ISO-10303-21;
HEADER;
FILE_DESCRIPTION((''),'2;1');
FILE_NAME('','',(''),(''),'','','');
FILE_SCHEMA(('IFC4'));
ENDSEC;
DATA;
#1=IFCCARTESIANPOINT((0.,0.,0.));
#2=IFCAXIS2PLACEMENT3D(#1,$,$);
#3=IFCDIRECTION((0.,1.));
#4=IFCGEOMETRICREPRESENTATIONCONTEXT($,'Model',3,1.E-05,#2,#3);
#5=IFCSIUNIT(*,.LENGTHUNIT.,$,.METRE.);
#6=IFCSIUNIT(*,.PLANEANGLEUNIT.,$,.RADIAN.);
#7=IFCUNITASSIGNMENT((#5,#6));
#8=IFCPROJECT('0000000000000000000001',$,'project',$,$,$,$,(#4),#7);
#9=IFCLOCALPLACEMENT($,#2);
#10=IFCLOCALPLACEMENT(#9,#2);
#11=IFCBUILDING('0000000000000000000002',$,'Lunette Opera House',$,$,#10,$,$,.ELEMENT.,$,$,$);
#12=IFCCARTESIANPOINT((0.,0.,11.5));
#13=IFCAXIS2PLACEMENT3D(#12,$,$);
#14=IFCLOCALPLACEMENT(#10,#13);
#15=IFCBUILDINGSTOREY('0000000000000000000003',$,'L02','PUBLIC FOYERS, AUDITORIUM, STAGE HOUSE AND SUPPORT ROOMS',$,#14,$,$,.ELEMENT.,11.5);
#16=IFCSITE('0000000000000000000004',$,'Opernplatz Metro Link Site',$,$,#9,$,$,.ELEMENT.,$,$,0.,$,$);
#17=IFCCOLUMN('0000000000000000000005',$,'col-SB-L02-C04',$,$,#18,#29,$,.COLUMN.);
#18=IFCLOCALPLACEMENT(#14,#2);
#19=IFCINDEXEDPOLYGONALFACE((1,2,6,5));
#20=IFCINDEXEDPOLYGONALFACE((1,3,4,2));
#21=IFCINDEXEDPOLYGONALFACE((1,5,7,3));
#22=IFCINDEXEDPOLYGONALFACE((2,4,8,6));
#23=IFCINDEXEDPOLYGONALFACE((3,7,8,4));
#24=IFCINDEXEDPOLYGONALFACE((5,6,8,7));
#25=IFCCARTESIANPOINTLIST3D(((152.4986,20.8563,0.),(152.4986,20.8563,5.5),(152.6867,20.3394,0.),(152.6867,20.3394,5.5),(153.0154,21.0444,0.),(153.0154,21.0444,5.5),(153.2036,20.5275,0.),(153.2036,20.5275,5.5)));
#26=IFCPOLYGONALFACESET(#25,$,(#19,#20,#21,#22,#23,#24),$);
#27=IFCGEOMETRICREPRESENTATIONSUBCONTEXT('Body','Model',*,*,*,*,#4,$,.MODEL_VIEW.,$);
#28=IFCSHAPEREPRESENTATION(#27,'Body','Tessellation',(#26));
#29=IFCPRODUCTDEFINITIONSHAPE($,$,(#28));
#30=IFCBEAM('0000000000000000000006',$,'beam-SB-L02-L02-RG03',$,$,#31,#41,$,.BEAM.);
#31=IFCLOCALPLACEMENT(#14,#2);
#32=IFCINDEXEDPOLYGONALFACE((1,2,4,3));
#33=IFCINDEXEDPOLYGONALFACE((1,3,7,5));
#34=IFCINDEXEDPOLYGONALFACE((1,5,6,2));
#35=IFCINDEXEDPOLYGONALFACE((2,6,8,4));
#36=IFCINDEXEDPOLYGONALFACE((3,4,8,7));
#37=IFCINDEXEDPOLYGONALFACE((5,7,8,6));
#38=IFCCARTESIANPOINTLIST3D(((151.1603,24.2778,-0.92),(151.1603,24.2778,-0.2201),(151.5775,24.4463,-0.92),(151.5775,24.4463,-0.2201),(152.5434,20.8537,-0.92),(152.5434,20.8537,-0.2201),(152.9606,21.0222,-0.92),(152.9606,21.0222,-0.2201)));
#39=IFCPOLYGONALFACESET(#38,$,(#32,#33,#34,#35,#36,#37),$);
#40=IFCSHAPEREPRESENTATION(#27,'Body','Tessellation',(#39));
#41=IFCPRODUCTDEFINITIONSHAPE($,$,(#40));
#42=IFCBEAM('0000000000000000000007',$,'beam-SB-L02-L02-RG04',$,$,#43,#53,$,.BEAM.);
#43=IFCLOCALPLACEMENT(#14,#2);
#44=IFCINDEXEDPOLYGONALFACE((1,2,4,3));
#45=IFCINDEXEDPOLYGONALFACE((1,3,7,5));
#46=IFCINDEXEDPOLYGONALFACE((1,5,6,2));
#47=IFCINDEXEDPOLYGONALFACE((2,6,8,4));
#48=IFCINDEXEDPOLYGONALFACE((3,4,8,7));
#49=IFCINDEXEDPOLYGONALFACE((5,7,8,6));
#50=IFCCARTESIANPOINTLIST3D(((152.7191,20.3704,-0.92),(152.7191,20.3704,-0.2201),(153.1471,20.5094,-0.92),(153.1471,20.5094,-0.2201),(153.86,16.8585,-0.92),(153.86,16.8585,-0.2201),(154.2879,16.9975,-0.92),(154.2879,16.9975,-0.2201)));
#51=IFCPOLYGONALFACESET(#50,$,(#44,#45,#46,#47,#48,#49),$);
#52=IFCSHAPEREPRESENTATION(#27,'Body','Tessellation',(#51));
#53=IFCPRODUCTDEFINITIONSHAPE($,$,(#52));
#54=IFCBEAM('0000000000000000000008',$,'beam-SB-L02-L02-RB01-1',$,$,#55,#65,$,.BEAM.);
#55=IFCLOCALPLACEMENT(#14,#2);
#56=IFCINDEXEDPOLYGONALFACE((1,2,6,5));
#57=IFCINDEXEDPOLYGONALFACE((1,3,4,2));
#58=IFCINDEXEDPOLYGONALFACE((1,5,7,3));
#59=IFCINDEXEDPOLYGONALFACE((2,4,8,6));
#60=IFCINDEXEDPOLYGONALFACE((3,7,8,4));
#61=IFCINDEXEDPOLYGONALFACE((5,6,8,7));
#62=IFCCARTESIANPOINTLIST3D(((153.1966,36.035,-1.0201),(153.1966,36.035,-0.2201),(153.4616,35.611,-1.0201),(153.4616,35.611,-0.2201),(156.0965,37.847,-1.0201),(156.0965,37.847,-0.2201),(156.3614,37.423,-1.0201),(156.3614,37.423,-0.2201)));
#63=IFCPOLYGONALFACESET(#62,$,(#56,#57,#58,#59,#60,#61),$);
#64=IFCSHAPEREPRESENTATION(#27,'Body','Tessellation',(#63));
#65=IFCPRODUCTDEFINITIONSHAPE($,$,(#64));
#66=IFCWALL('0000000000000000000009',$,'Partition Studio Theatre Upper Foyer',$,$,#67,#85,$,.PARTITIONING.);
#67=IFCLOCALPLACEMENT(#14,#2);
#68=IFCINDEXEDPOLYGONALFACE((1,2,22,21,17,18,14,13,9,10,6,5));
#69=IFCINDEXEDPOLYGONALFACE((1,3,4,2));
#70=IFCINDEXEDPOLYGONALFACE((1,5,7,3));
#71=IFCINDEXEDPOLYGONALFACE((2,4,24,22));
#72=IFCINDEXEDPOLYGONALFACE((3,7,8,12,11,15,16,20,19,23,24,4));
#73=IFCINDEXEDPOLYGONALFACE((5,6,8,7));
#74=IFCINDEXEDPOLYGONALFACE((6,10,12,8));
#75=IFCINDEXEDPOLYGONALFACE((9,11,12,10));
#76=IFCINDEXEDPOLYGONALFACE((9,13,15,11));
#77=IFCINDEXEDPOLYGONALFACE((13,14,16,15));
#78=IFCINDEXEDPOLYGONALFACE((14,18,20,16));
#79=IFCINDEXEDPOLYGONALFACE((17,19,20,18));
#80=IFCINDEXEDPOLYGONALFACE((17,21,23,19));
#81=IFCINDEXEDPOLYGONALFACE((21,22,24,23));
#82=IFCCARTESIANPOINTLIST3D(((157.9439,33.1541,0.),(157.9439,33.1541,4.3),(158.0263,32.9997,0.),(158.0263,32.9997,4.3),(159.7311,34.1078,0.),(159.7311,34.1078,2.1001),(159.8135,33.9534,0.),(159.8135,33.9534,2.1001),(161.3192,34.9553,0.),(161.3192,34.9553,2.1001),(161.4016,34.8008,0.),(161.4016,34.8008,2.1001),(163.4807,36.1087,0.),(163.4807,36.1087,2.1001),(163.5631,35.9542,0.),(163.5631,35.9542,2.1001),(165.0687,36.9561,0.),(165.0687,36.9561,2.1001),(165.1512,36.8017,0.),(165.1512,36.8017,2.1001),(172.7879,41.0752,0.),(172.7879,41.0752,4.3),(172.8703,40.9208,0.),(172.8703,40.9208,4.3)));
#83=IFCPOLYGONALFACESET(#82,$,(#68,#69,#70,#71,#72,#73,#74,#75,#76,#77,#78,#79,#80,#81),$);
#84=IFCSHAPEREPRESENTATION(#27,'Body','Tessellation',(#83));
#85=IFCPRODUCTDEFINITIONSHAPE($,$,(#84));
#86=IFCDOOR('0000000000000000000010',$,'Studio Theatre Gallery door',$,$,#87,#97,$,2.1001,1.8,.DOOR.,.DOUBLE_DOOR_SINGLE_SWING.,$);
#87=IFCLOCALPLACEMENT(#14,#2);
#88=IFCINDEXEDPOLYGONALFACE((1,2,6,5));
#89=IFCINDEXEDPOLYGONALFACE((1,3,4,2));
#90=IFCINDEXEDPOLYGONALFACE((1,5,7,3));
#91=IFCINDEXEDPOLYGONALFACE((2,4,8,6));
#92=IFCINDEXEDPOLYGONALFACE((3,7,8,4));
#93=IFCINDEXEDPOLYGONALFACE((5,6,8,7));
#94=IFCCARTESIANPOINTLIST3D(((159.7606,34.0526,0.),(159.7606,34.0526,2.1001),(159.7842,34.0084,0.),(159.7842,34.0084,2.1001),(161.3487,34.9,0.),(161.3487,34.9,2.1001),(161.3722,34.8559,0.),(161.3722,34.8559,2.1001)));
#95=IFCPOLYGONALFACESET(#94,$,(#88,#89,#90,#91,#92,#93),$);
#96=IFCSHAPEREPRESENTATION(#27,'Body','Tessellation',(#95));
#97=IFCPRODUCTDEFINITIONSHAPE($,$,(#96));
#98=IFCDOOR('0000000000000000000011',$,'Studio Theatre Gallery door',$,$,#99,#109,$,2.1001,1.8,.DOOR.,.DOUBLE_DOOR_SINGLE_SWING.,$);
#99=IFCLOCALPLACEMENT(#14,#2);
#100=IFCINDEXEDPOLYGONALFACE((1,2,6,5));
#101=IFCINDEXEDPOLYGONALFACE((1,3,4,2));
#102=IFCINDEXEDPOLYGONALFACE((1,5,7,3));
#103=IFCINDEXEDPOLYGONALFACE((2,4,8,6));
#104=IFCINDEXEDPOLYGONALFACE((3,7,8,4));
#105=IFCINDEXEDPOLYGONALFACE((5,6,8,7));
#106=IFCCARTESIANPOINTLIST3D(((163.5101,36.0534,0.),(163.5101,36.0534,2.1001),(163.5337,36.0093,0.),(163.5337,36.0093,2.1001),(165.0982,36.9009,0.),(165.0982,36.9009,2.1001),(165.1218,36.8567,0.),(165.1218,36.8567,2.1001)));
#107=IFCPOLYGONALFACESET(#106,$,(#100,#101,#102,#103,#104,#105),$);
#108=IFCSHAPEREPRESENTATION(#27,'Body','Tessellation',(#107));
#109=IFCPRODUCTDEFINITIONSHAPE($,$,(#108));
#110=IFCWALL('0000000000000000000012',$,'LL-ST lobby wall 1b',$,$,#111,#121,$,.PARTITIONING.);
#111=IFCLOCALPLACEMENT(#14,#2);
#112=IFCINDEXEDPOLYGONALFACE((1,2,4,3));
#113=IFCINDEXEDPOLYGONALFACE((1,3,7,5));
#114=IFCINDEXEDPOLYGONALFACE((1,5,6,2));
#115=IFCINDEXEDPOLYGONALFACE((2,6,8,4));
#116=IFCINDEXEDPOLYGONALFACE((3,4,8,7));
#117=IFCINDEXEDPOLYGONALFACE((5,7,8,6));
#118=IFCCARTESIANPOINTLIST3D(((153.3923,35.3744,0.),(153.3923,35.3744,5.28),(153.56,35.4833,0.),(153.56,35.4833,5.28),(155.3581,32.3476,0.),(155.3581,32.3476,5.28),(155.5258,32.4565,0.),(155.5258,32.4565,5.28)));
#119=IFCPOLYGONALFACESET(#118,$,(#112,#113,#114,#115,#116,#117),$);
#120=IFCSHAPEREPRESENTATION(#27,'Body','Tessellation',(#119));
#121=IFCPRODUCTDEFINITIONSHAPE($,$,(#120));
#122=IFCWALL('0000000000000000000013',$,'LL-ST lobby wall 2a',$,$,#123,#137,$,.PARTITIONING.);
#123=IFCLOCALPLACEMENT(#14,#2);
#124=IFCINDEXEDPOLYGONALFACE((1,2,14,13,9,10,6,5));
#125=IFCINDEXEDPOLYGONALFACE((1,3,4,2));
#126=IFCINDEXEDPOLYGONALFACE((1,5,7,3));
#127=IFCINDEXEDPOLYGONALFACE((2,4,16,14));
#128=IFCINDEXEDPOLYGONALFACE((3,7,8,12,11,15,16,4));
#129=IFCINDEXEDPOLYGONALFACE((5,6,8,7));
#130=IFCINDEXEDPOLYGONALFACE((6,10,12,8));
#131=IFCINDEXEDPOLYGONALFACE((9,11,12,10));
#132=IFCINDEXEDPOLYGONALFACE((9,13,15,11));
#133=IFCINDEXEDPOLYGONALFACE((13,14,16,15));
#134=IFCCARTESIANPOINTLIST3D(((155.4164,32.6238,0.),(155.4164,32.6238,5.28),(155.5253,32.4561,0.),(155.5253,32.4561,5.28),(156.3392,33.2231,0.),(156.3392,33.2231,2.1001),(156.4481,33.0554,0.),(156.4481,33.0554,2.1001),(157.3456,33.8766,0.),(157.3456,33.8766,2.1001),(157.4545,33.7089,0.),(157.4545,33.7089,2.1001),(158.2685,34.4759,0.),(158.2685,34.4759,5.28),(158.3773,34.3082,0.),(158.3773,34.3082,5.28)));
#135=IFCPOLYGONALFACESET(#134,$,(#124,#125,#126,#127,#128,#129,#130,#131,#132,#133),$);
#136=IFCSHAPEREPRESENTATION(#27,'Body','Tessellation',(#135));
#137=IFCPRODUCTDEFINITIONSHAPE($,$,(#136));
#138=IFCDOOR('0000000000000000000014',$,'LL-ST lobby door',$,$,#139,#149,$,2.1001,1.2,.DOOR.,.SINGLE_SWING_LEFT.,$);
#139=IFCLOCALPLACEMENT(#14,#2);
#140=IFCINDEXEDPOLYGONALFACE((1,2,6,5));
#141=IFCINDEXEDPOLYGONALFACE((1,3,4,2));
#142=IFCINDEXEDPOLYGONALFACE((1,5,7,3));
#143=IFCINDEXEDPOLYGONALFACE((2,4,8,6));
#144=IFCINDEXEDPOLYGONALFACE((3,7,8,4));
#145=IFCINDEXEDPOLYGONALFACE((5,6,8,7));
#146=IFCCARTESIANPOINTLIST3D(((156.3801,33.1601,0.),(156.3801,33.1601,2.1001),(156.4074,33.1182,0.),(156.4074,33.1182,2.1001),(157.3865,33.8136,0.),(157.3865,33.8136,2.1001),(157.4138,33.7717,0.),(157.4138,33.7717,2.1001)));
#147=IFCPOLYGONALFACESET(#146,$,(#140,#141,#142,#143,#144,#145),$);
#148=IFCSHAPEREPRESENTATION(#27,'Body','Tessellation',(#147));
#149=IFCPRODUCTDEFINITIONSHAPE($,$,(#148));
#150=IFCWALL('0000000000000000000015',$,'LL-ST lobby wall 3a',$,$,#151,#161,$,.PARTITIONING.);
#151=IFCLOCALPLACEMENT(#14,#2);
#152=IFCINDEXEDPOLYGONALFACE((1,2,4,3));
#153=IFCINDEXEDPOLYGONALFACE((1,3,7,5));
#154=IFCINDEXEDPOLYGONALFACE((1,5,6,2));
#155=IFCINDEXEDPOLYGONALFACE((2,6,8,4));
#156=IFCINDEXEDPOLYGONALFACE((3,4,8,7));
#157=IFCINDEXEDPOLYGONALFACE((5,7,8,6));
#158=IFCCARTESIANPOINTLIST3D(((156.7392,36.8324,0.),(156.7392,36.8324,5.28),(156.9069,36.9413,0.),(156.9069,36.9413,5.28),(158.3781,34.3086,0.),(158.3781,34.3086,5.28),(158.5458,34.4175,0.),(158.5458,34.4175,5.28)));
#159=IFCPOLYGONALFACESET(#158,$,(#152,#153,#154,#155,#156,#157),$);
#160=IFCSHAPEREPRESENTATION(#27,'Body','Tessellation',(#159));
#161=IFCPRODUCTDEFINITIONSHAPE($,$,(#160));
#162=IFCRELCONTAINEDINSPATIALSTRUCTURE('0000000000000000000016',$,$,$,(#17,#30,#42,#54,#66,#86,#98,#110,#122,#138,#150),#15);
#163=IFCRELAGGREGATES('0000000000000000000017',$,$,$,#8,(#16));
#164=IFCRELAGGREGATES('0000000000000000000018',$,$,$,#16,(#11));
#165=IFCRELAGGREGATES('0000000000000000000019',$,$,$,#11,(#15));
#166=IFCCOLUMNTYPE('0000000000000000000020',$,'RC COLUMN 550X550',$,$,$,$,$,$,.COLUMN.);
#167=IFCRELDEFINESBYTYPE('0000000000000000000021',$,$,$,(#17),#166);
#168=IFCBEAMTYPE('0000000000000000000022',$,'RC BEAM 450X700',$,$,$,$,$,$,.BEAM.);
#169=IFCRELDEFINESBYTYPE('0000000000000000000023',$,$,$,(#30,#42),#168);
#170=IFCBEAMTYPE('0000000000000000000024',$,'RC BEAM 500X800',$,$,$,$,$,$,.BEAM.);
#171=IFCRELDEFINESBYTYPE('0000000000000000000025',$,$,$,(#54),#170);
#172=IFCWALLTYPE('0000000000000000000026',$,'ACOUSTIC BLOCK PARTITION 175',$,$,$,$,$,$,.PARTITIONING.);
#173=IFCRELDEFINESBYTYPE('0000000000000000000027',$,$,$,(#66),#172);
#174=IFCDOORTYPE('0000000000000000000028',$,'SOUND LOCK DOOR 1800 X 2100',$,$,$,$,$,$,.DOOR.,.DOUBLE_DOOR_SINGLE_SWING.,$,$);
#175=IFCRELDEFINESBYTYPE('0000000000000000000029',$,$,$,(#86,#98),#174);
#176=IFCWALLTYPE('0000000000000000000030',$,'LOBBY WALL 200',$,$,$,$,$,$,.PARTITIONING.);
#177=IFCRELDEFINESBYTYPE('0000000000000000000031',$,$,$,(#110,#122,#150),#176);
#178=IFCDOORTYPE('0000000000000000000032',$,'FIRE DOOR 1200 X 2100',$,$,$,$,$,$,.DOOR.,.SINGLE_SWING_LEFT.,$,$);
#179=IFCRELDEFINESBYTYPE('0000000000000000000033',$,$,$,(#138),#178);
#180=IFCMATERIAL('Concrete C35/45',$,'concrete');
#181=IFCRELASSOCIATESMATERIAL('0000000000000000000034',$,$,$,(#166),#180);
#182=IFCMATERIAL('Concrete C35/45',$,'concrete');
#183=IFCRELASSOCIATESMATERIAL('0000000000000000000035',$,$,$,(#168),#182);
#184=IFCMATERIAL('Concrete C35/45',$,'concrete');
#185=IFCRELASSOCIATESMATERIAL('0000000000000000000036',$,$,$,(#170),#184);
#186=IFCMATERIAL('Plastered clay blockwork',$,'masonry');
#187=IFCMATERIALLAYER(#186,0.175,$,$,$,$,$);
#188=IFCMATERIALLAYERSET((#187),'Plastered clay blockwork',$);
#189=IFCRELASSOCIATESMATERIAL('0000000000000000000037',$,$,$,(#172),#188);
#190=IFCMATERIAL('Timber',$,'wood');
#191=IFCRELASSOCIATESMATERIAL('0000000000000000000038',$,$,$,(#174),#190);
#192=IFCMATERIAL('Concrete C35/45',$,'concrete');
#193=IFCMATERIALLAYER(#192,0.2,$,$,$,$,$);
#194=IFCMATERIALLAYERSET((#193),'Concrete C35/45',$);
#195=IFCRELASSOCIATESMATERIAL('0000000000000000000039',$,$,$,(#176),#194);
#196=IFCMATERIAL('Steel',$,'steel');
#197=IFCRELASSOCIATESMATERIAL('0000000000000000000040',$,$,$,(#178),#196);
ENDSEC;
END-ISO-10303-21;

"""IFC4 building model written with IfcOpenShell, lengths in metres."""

from ifc_helpers import new_model, si_unit, direction, frame, frame_2d, origin, origin_2d, place, context, subcontext, project, spatial, rectangle, extrude, material, layer, layer_set, material_profile, profile_set, type_object, element, fill, save


model = new_model("IFC4")

# Units and contexts
model_context = context("Model", 3, precision=1e-05, world=origin(), true_north=direction((0.0, 1.0)))
body_context = subcontext(model_context, "Body", "Model", "MODEL_VIEW")
ifc_project = project(units=[si_unit("LENGTHUNIT", "METRE"), si_unit("PLANEANGLEUNIT", "RADIAN")], contexts=[model_context])

# Site, building, storey
site_placement = place(None, origin())
site = spatial("IfcSite", under=ifc_project, at=site_placement, Name="Opernplatz Metro Link Site", CompositionType="ELEMENT", RefElevation=0.0)
building_placement = place(site_placement, origin())
building = spatial("IfcBuilding", under=site, at=building_placement, Name="Lunette Opera House", CompositionType="ELEMENT")
storey_placement = place(building_placement, frame((0.0, 0.0, 11.5)))
storey = spatial("IfcBuildingStorey", under=building, at=storey_placement, Name="L02", Description="PUBLIC FOYERS, AUDITORIUM, STAGE HOUSE AND SUPPORT ROOMS", CompositionType="ELEMENT", Elevation=11.5)

# Column
ifc_material_1 = material(Name="Concrete C35/45", Category="concrete")
ifc_material_profile_1 = material_profile(ifc_material_1, rectangle(XDim=0.55, YDim=0.55, at=origin_2d()), Name="RC COLUMN 550X550")
ifc_profile_set_1 = profile_set([ifc_material_profile_1], Name="Concrete C35/45")
column_type = type_object("IfcColumnType", Name="RC COLUMN 550X550", PredefinedType="COLUMN", material=ifc_profile_set_1)
column_placement = place(storey_placement, frame((152.8511, 20.6919, 0.0), z_axis=(0.0, 0.0, 1.0), x_axis=(0.34202, -0.939693, 0.0)))
element("IfcColumn", 1, at=column_placement, inside=storey, type_object=column_type, Name="col-SB-L02-C04", PredefinedType="COLUMN", context=body_context, shape_type="SweptSolid", body=[
    extrude(rectangle(XDim=0.55, YDim=0.55, at=origin_2d()), origin(), (0.0, 0.0, 1.0), 5.5),
])

# Beams
ifc_material_2 = material(Name="Concrete C35/45", Category="concrete")
ifc_material_profile_2 = material_profile(ifc_material_2, rectangle(XDim=0.45, YDim=0.7, at=origin_2d()), Name="RC BEAM 450X700")
ifc_profile_set_2 = profile_set([ifc_material_profile_2], Name="Concrete C35/45")
beam_type_1 = type_object("IfcBeamType", Name="RC BEAM 450X700", PredefinedType="BEAM", material=ifc_profile_set_2)
beam_1_placement = place(storey_placement, frame((151.3689, 24.3621, -0.5701), z_axis=(0.374523, -0.927218, 0.0), x_axis=(0.927218, 0.374523, 0.0)))
element("IfcBeam", 2, at=beam_1_placement, inside=storey, type_object=beam_type_1, Name="beam-SB-L02-L02-RG03", PredefinedType="BEAM", context=body_context, shape_type="SweptSolid", body=[
    extrude(rectangle(XDim=0.45, YDim=0.7, at=origin_2d()), origin(), (0.0, 0.0, 1.0), 3.6929),
])
beam_2_placement = place(storey_placement, frame((152.9331, 20.4399, -0.5701), z_axis=(0.308959, -0.951075, 0.0), x_axis=(0.951075, 0.308959, 0.0)))
element("IfcBeam", 3, at=beam_2_placement, inside=storey, type_object=beam_type_1, Name="beam-SB-L02-L02-RG04", PredefinedType="BEAM", context=body_context, shape_type="SweptSolid", body=[
    extrude(rectangle(XDim=0.45, YDim=0.7, at=origin_2d()), origin(), (0.0, 0.0, 1.0), 3.6926),
])
ifc_material_3 = material(Name="Concrete C35/45", Category="concrete")
ifc_material_profile_3 = material_profile(ifc_material_3, rectangle(XDim=0.5, YDim=0.8, at=origin_2d()), Name="RC BEAM 500X800")
ifc_profile_set_3 = profile_set([ifc_material_profile_3], Name="Concrete C35/45")
beam_type_2 = type_object("IfcBeamType", Name="RC BEAM 500X800", PredefinedType="BEAM", material=ifc_profile_set_3)
beam_3_placement = place(storey_placement, frame((153.3291, 35.823, -0.6201), z_axis=(0.848054, 0.529909, 0.0), x_axis=(-0.529909, 0.848054, 0.0)))
element("IfcBeam", 4, at=beam_3_placement, inside=storey, type_object=beam_type_2, Name="beam-SB-L02-L02-RB01-1", PredefinedType="BEAM", context=body_context, shape_type="SweptSolid", body=[
    extrude(rectangle(XDim=0.5, YDim=0.8, at=origin_2d()), origin(), (0.0, 0.0, 1.0), 3.4194),
])

# Wall, openings, doors
ifc_material_4 = material(Name="Plastered clay blockwork", Category="masonry")
ifc_layer_1 = layer(ifc_material_4, 0.175)
ifc_layer_set_1 = layer_set([ifc_layer_1], Name="Plastered clay blockwork")
wall_type_1 = type_object("IfcWallType", Name="ACOUSTIC BLOCK PARTITION 175", PredefinedType="PARTITIONING", material=ifc_layer_set_1)
wall_1_placement = place(storey_placement, frame((157.9851, 33.0769, 0.0), z_axis=(0.0, 0.0, 1.0), x_axis=(0.882246, 0.470789, 0.0)))
wall_1 = element("IfcWall", 5, at=wall_1_placement, inside=storey, type_object=wall_type_1, Name="Partition Studio Theatre Upper Foyer", PredefinedType="PARTITIONING", context=body_context, shape_type="SweptSolid", body=[
    extrude(rectangle(XDim=16.8252, YDim=0.175, at=frame_2d((8.4126, 0.0))), origin(), (0.0, 0.0, 1.0), 4.3),
])
opening_1_placement = place(wall_1_placement, frame((2.0259, 0.0, 0.0)))
opening_1 = element("IfcOpeningElement", 6, at=opening_1_placement, cuts=wall_1, PredefinedType="OPENING", context=body_context, shape_type="SweptSolid", body=[
    extrude(rectangle(XDim=1.8, YDim=2.1001, at=frame_2d((0.8999, 1.05))), frame((0.0, 0.0996, 0.0), z_axis=(0.0, -1.0, 0.0), x_axis=(1.0, 0.0, 0.0)), (0.0, 0.0, 1.0), 0.199),
])
opening_2_placement = place(wall_1_placement, frame((6.2759, 0.0, 0.0)))
opening_2 = element("IfcOpeningElement", 7, at=opening_2_placement, cuts=wall_1, PredefinedType="OPENING", context=body_context, shape_type="SweptSolid", body=[
    extrude(rectangle(XDim=1.8, YDim=2.1001, at=frame_2d((0.8999, 1.05))), frame((0.0, 0.0996, 0.0), z_axis=(0.0, -1.0, 0.0), x_axis=(1.0, 0.0, 0.0)), (0.0, 0.0, 1.0), 0.199),
])
ifc_material_5 = material(Name="Timber", Category="wood")
door_type_1 = type_object("IfcDoorType", Name="SOUND LOCK DOOR 1800 X 2100", OperationType="DOUBLE_DOOR_SINGLE_SWING", PredefinedType="DOOR", material=ifc_material_5)
door_1_placement = place(opening_1_placement, origin())
door_1 = element("IfcDoor", 8, at=door_1_placement, inside=storey, type_object=door_type_1, Name="Studio Theatre Gallery door", OperationType="DOUBLE_DOOR_SINGLE_SWING", OverallHeight=2.1001, OverallWidth=1.8, PredefinedType="DOOR", context=body_context, shape_type="SweptSolid", body=[
    extrude(rectangle(XDim=1.8, YDim=2.1001, at=frame_2d((0.8999, 1.05))), frame((0.0, 0.0249, 0.0), z_axis=(0.0, -1.0, 0.0), x_axis=(1.0, 0.0, 0.0)), (0.0, 0.0, 1.0), 0.05),
])
fill(opening_1, door_1)
door_2_placement = place(opening_2_placement, origin())
door_2 = element("IfcDoor", 9, at=door_2_placement, inside=storey, type_object=door_type_1, Name="Studio Theatre Gallery door", OperationType="DOUBLE_DOOR_SINGLE_SWING", OverallHeight=2.1001, OverallWidth=1.8, PredefinedType="DOOR", context=body_context, shape_type="SweptSolid", body=[
    extrude(rectangle(XDim=1.8, YDim=2.1001, at=frame_2d((0.8999, 1.05))), frame((0.0, 0.0249, 0.0), z_axis=(0.0, -1.0, 0.0), x_axis=(1.0, 0.0, 0.0)), (0.0, 0.0, 1.0), 0.05),
])
fill(opening_2, door_2)

# Wall
ifc_material_6 = material(Name="Concrete C35/45", Category="concrete")
ifc_layer_2 = layer(ifc_material_6, 0.2)
ifc_layer_set_2 = layer_set([ifc_layer_2], Name="Concrete C35/45")
wall_type_2 = type_object("IfcWallType", Name="LOBBY WALL 200", PredefinedType="PARTITIONING", material=ifc_layer_set_2)
wall_2_placement = place(storey_placement, frame((153.4761, 35.429, 0.0), z_axis=(0.0, 0.0, 1.0), x_axis=(0.54467, -0.838651, 0.0)))
element("IfcWall", 10, at=wall_2_placement, inside=storey, type_object=wall_type_2, Name="LL-ST lobby wall 1b", PredefinedType="PARTITIONING", context=body_context, shape_type="SweptSolid", body=[
    extrude(rectangle(XDim=3.6091, YDim=0.2, at=frame_2d((1.8047, 0.0))), origin(), (0.0, 0.0, 1.0), 5.28),
])

# Wall, opening, door
wall_3_placement = place(storey_placement, frame((155.4709, 32.54, 0.0), z_axis=(0.0, 0.0, 1.0), x_axis=(0.838683, 0.54462, 0.0)))
wall_3 = element("IfcWall", 11, at=wall_3_placement, inside=storey, type_object=wall_type_2, Name="LL-ST lobby wall 2a", PredefinedType="PARTITIONING", context=body_context, shape_type="SweptSolid", body=[
    extrude(rectangle(XDim=3.4006, YDim=0.2, at=frame_2d((1.7002, 0.0))), origin(), (0.0, 0.0, 1.0), 5.28),
])
opening_3_placement = place(wall_3_placement, frame((1.1001, 0.0, 0.0)))
opening_3 = element("IfcOpeningElement", 12, at=opening_3_placement, cuts=wall_3, PredefinedType="OPENING", context=body_context, shape_type="SweptSolid", body=[
    extrude(rectangle(XDim=1.2, YDim=2.1001, at=frame_2d((0.6001, 1.05))), frame((0.0, 0.1121, 0.0), z_axis=(0.0, -1.0, 0.0), x_axis=(1.0, 0.0, 0.0)), (0.0, 0.0, 1.0), 0.2239),
])
ifc_material_7 = material(Name="Steel", Category="steel")
door_type_2 = type_object("IfcDoorType", Name="FIRE DOOR 1200 X 2100", OperationType="SINGLE_SWING_LEFT", PredefinedType="DOOR", material=ifc_material_7)
door_3_placement = place(opening_3_placement, origin())
door_3 = element("IfcDoor", 13, at=door_3_placement, inside=storey, type_object=door_type_2, Name="LL-ST lobby door", OperationType="SINGLE_SWING_LEFT", OverallHeight=2.1001, OverallWidth=1.2, PredefinedType="DOOR", context=body_context, shape_type="SweptSolid", body=[
    extrude(rectangle(XDim=1.2, YDim=2.1001, at=frame_2d((0.6001, 1.05))), frame((0.0, 0.0249, 0.0), z_axis=(0.0, -1.0, 0.0), x_axis=(1.0, 0.0, 0.0)), (0.0, 0.0, 1.0), 0.05),
])
fill(opening_3, door_3)

# Wall
wall_4_placement = place(storey_placement, frame((158.4619, 34.363, 0.0), z_axis=(0.0, 0.0, 1.0), x_axis=(-0.544606, 0.838692, 0.0)))
element("IfcWall", 14, at=wall_4_placement, inside=storey, type_object=wall_type_2, Name="LL-ST lobby wall 3a", PredefinedType="PARTITIONING", context=body_context, shape_type="SweptSolid", body=[
    extrude(rectangle(XDim=3.0093, YDim=0.2, at=frame_2d((1.5046, 0.0))), origin(), (0.0, 0.0, 1.0), 5.28),
])

save(model, "model.ifc")
